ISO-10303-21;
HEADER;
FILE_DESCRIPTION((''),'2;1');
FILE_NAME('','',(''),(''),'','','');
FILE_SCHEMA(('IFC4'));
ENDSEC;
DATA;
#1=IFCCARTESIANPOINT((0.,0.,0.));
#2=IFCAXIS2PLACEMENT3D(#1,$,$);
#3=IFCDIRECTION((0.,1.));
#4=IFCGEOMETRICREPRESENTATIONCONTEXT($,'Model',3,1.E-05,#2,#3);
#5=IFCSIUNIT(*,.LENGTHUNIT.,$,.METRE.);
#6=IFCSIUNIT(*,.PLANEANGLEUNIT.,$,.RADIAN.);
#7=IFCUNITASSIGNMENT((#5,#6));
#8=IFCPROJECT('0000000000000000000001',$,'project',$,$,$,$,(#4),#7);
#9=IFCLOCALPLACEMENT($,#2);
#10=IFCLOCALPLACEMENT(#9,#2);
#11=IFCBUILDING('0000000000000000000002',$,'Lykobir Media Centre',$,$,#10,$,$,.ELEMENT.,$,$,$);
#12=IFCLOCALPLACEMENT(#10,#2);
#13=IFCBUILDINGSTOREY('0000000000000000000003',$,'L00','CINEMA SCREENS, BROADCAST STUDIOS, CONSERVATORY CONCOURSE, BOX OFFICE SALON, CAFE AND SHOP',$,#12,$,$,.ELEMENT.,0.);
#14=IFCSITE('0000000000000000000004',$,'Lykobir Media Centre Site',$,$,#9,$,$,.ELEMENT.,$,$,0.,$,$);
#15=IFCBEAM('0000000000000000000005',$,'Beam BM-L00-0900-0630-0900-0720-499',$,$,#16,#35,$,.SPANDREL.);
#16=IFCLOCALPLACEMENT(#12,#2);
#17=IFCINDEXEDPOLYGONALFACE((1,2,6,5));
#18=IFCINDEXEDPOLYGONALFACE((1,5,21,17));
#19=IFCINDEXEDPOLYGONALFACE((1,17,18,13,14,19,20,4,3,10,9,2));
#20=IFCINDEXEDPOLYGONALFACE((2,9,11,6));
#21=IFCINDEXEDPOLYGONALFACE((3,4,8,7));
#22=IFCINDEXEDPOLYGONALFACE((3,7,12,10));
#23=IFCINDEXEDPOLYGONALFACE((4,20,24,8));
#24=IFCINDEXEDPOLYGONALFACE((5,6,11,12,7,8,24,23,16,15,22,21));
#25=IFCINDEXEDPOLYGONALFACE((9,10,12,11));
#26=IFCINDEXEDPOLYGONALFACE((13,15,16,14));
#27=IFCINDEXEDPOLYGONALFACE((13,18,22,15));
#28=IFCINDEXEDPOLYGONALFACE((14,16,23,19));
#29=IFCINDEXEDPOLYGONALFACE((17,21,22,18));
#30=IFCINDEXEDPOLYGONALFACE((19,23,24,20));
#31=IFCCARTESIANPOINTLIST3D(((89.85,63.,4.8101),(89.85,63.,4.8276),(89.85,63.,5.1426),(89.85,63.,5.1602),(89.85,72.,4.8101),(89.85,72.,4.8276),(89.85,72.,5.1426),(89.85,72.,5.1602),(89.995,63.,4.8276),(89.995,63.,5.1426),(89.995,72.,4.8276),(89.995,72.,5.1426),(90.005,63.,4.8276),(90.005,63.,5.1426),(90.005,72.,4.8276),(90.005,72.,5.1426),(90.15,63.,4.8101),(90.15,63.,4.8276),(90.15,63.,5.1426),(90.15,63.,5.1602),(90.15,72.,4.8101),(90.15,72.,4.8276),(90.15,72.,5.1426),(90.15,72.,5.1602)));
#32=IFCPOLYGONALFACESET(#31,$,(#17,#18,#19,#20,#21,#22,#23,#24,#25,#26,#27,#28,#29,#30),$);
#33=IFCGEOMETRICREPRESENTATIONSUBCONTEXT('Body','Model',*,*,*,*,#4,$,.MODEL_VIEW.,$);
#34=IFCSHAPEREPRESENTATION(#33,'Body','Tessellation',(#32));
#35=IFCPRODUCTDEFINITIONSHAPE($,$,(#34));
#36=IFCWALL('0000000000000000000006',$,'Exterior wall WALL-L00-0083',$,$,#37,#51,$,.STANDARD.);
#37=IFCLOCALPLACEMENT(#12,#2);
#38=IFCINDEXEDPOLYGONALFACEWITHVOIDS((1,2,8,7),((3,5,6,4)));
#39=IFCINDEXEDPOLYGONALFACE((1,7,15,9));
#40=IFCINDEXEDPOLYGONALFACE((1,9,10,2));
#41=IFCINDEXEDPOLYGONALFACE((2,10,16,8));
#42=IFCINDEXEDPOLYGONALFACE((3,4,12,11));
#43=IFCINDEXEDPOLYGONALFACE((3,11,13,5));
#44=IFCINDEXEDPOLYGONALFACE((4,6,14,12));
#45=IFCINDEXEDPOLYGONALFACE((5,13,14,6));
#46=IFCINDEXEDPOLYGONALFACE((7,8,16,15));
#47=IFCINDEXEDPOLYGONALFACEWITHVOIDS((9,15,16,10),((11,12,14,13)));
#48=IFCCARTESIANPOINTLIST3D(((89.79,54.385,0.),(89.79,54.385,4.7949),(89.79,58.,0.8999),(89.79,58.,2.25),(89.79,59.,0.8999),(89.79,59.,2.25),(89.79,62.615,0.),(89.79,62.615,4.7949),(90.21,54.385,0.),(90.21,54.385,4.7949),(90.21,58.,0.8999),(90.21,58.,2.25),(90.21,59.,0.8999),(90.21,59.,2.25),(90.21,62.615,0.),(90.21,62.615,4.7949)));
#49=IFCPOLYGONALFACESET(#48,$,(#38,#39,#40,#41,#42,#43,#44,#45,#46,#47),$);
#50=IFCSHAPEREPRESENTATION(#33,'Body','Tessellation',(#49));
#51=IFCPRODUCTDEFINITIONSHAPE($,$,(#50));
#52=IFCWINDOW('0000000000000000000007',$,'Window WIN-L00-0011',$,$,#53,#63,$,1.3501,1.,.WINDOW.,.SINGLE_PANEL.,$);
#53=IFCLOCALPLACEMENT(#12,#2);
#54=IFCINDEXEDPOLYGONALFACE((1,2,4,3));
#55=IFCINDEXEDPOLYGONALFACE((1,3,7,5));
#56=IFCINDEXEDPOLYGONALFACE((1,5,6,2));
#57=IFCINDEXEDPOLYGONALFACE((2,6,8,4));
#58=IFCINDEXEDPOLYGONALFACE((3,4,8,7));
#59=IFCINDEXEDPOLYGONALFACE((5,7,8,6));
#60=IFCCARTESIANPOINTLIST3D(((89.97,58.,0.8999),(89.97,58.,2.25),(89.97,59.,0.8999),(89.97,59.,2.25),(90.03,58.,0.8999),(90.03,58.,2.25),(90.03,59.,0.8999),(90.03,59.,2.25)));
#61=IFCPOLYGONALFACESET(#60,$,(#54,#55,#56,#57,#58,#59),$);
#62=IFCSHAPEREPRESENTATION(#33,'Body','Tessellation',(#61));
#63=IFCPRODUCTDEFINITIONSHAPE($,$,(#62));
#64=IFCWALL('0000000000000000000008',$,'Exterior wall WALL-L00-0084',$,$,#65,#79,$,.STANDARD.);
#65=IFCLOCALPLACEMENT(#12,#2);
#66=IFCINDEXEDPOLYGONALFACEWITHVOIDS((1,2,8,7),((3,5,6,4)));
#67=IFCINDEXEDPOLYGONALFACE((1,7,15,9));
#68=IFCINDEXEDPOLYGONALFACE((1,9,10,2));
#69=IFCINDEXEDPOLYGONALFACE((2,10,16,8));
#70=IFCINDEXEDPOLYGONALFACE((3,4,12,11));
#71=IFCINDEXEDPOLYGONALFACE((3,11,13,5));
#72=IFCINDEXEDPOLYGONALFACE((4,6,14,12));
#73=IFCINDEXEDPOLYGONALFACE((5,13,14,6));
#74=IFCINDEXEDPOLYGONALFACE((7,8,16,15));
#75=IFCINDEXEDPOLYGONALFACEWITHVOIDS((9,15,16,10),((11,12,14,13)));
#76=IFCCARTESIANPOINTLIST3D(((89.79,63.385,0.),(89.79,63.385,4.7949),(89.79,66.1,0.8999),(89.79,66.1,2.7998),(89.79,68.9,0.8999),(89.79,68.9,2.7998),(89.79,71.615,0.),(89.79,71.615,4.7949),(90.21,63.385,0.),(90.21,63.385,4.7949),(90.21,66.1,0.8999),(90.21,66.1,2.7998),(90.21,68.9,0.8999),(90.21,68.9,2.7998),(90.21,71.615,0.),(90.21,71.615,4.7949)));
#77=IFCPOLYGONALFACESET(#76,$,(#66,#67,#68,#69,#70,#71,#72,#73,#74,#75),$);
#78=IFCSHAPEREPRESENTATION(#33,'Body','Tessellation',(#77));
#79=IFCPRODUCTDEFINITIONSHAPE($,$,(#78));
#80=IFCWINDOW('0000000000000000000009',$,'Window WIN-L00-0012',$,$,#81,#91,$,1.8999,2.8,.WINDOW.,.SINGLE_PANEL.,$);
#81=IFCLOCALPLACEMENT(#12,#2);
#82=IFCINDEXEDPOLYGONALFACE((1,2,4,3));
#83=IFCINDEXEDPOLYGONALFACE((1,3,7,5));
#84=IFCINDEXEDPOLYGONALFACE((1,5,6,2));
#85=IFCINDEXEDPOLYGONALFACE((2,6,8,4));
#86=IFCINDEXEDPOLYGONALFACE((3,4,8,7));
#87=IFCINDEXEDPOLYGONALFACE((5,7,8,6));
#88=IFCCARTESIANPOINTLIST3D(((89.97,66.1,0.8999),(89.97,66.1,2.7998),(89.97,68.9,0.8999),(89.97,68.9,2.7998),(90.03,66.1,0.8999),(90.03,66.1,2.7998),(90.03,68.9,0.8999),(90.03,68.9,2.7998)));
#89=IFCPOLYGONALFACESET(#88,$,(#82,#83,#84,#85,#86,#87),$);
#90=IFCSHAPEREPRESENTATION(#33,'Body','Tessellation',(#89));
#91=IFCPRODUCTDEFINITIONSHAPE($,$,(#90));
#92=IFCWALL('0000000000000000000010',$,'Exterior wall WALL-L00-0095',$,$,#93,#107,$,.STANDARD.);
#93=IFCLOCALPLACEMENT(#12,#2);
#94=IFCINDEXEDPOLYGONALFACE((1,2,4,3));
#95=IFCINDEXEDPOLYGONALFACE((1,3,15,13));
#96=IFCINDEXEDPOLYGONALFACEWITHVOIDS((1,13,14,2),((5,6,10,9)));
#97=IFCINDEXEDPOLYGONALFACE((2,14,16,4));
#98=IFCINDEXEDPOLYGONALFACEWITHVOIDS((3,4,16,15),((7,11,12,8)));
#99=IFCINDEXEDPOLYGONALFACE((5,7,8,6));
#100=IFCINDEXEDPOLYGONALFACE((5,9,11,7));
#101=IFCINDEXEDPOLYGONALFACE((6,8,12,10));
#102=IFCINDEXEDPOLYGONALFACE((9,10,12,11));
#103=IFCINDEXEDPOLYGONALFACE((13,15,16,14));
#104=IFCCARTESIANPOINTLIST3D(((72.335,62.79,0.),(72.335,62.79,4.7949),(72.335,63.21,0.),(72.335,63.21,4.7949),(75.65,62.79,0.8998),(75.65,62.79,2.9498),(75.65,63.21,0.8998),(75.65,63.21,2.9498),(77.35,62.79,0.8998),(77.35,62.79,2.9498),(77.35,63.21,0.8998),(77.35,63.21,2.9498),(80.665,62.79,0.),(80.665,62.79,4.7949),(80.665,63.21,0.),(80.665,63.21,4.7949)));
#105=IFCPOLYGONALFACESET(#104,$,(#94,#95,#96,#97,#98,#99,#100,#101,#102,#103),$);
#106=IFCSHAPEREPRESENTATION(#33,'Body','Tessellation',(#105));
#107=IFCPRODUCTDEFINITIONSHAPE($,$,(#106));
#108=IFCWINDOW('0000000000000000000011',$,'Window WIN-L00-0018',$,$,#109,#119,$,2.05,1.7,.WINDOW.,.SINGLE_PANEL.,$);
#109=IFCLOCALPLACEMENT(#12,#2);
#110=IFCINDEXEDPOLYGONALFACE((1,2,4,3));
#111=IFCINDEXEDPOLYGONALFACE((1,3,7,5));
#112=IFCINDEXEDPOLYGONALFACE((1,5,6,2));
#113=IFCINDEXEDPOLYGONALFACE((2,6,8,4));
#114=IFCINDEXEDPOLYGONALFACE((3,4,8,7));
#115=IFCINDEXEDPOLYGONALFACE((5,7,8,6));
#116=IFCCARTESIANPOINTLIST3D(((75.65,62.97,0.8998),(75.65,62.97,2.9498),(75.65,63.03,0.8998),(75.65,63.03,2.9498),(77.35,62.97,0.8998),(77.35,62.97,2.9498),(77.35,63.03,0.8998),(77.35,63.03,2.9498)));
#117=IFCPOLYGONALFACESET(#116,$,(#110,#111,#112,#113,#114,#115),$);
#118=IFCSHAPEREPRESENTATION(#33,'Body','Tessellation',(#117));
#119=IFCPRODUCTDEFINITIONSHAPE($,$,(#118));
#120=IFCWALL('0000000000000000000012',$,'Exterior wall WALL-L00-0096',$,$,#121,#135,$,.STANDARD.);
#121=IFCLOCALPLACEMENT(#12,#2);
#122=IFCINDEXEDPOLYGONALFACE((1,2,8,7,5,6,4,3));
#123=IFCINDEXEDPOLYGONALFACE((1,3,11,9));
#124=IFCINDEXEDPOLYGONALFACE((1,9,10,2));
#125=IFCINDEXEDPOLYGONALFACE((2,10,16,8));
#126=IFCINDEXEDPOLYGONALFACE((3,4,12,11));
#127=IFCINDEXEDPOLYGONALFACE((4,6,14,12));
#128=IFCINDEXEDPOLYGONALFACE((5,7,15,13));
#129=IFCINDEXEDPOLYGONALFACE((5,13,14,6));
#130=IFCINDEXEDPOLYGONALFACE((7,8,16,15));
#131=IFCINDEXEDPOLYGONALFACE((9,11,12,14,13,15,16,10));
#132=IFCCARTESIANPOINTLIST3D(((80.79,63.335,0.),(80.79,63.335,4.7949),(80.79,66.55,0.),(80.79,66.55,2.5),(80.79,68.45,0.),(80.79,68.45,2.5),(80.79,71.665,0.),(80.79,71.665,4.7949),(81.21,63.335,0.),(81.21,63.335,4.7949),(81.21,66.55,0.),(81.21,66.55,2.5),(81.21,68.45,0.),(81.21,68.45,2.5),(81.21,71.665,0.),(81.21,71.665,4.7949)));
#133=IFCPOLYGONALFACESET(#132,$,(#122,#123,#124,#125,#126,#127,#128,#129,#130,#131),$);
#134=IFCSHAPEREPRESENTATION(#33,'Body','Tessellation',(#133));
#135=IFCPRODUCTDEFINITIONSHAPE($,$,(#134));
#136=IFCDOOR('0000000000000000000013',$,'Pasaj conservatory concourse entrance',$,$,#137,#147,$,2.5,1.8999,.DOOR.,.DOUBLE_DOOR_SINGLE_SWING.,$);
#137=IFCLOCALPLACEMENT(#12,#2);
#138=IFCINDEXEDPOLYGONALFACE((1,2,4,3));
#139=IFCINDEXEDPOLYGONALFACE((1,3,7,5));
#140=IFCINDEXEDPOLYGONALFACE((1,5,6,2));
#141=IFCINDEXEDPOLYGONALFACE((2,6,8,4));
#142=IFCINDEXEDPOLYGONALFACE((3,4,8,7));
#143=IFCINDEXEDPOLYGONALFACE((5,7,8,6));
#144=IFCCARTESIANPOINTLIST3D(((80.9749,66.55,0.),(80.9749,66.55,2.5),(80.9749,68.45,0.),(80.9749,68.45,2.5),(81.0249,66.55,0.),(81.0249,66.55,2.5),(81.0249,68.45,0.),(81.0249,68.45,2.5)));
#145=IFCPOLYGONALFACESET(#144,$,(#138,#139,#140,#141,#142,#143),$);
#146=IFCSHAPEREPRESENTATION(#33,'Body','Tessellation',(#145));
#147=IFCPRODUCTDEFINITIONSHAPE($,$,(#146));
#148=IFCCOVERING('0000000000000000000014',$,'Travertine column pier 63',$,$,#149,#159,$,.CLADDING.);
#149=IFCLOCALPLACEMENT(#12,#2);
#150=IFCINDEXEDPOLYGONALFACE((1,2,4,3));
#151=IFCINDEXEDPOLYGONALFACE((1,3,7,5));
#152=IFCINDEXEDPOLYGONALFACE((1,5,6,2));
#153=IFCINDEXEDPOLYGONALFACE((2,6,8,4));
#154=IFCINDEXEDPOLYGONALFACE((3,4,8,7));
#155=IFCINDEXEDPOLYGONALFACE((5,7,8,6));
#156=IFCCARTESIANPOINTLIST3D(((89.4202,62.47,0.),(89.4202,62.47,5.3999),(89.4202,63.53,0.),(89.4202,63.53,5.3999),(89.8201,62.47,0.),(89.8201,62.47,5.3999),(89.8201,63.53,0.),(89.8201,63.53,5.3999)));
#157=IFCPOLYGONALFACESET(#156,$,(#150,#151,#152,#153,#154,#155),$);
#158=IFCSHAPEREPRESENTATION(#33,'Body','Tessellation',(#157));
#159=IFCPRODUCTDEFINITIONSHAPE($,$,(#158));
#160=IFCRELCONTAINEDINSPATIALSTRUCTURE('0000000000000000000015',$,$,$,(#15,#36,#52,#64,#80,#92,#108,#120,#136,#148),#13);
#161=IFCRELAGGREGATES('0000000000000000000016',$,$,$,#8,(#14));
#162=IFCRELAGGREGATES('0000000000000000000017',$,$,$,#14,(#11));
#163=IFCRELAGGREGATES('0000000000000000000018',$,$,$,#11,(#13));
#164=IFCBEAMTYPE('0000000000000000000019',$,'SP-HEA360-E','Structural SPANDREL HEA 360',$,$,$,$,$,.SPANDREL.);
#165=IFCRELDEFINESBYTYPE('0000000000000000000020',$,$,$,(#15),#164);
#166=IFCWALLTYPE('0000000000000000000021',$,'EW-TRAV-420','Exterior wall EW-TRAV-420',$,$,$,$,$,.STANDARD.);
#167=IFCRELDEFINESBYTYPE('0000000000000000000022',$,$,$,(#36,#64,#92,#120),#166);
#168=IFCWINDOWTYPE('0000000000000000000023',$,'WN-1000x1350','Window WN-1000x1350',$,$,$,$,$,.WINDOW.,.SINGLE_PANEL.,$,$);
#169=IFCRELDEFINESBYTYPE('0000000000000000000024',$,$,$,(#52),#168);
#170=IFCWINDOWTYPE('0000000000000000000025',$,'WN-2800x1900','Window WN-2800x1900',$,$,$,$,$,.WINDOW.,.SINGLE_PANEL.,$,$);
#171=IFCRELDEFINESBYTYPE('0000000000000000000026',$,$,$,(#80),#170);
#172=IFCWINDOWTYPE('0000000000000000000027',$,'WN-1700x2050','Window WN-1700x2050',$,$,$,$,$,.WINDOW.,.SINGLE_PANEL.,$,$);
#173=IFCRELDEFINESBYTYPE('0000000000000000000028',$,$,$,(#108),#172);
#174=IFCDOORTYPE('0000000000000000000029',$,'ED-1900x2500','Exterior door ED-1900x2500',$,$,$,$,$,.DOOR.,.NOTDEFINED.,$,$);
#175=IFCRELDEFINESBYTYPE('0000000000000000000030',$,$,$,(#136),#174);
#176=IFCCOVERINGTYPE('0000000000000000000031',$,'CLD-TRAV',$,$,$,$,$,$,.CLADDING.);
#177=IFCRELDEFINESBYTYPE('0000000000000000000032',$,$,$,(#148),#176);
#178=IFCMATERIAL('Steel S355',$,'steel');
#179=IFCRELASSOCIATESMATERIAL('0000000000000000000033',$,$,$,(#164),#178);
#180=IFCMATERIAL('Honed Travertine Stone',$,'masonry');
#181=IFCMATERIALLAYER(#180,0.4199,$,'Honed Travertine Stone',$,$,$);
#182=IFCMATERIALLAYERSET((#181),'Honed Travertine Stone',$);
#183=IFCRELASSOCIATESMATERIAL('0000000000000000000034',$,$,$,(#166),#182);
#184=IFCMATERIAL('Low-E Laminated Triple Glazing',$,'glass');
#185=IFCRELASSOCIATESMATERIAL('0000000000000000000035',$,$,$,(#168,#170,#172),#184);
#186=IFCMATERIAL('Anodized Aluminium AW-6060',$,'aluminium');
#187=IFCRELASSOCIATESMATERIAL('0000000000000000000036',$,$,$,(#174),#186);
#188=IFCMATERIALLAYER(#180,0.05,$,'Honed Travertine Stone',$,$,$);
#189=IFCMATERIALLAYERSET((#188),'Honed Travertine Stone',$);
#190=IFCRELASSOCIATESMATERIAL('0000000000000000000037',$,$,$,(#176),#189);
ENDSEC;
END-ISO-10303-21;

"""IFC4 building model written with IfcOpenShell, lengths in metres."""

from ifc_helpers import new_model, si_unit, direction, frame, frame_2d, origin, origin_2d, place, context, subcontext, project, spatial, rectangle, i_section, extrude, material, layer, layer_set, material_profile, profile_set, type_object, element, fill, save


model = new_model("IFC4")

# Units and contexts
model_context = context("Model", 3, precision=1e-05, world=origin(), true_north=direction((0.0, 1.0)))
body_context = subcontext(model_context, "Body", "Model", "MODEL_VIEW")
ifc_project = project(units=[si_unit("LENGTHUNIT", "METRE"), si_unit("PLANEANGLEUNIT", "RADIAN")], contexts=[model_context])

# Site, building, storey
site_placement = place(None, origin())
site = spatial("IfcSite", under=ifc_project, at=site_placement, Name="Lykobir Media Centre Site", CompositionType="ELEMENT", RefElevation=0.0)
building_placement = place(site_placement, origin())
building = spatial("IfcBuilding", under=site, at=building_placement, Name="Lykobir Media Centre", CompositionType="ELEMENT")
storey_placement = place(building_placement, origin())
storey = spatial("IfcBuildingStorey", under=building, at=storey_placement, Name="L00", Description="CINEMA SCREENS, BROADCAST STUDIOS, CONSERVATORY CONCOURSE, BOX OFFICE SALON, CAFE AND SHOP", CompositionType="ELEMENT", Elevation=0.0)

# Shared definitions
ifc_material_1 = material(Name="Anodized Aluminium AW-6060", Category="aluminium")

# Beam
ifc_material_2 = material(Name="Steel S355", Category="steel")
ifc_material_profile_1 = material_profile(ifc_material_2, i_section(OverallWidth=0.3, OverallDepth=0.3501, WebThickness=0.01, FlangeThickness=0.0176, at=origin_2d()), Name="HEA 360")
ifc_profile_set_1 = profile_set([ifc_material_profile_1], Name="Steel S355")
beam_type_1 = type_object("IfcBeamType", Name="SP-HEA360-E", Description="Structural SPANDREL HEA 360", PredefinedType="SPANDREL", material=ifc_profile_set_1)
for number, where, z_axis, x_axis, name in (
    (1, (90.0, 63.0, 4.9851), (0.0, 1.0, 0.0), (-1.0, 0.0, 0.0), "Beam BM-L00-0900-0630-0900-0720-499"),
):
    element("IfcBeam", number, at=place(storey_placement, frame(where, z_axis=z_axis, x_axis=x_axis)), inside=storey, type_object=beam_type_1, Name=name, PredefinedType="SPANDREL", context=body_context, shape_type="SweptSolid", body=[
        extrude(i_section(OverallWidth=0.3, OverallDepth=0.3501, WebThickness=0.01, FlangeThickness=0.0176, at=origin_2d()), origin(), (0.0, 0.0, 1.0), 9.0),
    ])

# Walls, openings, windows
ifc_material_3 = material(Name="Honed Travertine Stone", Category="masonry")
ifc_layer_1 = layer(ifc_material_3, 0.4199, Name="Honed Travertine Stone")
ifc_layer_set_1 = layer_set([ifc_layer_1], Name="Honed Travertine Stone")
wall_type = type_object("IfcWallType", Name="EW-TRAV-420", Description="Exterior wall EW-TRAV-420", PredefinedType="STANDARD", material=ifc_layer_set_1)
wall_1_placement = place(storey_placement, frame((90.0, 62.615, 0.0), z_axis=(0.0, 0.0, 1.0), x_axis=(0.0, -1.0, 0.0)))
wall_1 = element("IfcWall", 2, at=wall_1_placement, inside=storey, type_object=wall_type, Name="Exterior wall WALL-L00-0083", PredefinedType="STANDARD", context=body_context, shape_type="SweptSolid", body=[
    extrude(rectangle(XDim=8.23, YDim=0.4199, at=frame_2d((4.115, 0.0))), origin(), (0.0, 0.0, 1.0), 4.7949),
])
opening_1_placement = place(wall_1_placement, frame((3.615, 0.0, 0.8999)))
opening_1 = element("IfcOpeningElement", 3, at=opening_1_placement, cuts=wall_1, PredefinedType="OPENING", context=body_context, shape_type="SweptSolid", body=[
    extrude(rectangle(XDim=1.0, YDim=1.3501, at=frame_2d((0.5, 0.675))), frame((0.0, 0.22, 0.0), z_axis=(0.0, -1.0, 0.0), x_axis=(1.0, 0.0, 0.0)), (0.0, 0.0, 1.0), 0.4399),
])
ifc_material_4 = material(Name="Low-E Laminated Triple Glazing", Category="glass")
window_type_1 = type_object("IfcWindowType", Name="WN-1000x1350", Description="Window WN-1000x1350", PartitioningType="SINGLE_PANEL", PredefinedType="WINDOW", material=ifc_material_4)
window_1_placement = place(opening_1_placement, origin())
window_1 = element("IfcWindow", 4, at=window_1_placement, inside=storey, type_object=window_type_1, Name="Window WIN-L00-0011", OverallHeight=1.3501, OverallWidth=1.0, PartitioningType="SINGLE_PANEL", PredefinedType="WINDOW", context=body_context, shape_type="SweptSolid", body=[
    extrude(rectangle(XDim=1.0, YDim=1.3501, at=frame_2d((0.5, 0.675))), frame((0.0, 0.03, 0.0), z_axis=(0.0, -1.0, 0.0), x_axis=(1.0, 0.0, 0.0)), (0.0, 0.0, 1.0), 0.0601),
])
fill(opening_1, window_1)
wall_2_placement = place(storey_placement, frame((90.0, 71.615, 0.0), z_axis=(0.0, 0.0, 1.0), x_axis=(0.0, -1.0, 0.0)))
wall_2 = element("IfcWall", 5, at=wall_2_placement, inside=storey, type_object=wall_type, Name="Exterior wall WALL-L00-0084", PredefinedType="STANDARD", context=body_context, shape_type="SweptSolid", body=[
    extrude(rectangle(XDim=8.23, YDim=0.4199, at=frame_2d((4.115, 0.0))), origin(), (0.0, 0.0, 1.0), 4.7949),
])
opening_2_placement = place(wall_2_placement, frame((2.7151, 0.0, 0.8999)))
opening_2 = element("IfcOpeningElement", 6, at=opening_2_placement, cuts=wall_2, PredefinedType="OPENING", context=body_context, shape_type="SweptSolid", body=[
    extrude(rectangle(XDim=2.8, YDim=1.8999, at=frame_2d((1.3999, 0.95))), frame((0.0, 0.22, 0.0), z_axis=(0.0, -1.0, 0.0), x_axis=(1.0, 0.0, 0.0)), (0.0, 0.0, 1.0), 0.4399),
])
window_type_2 = type_object("IfcWindowType", Name="WN-2800x1900", Description="Window WN-2800x1900", PartitioningType="SINGLE_PANEL", PredefinedType="WINDOW", material=ifc_material_4)
window_2_placement = place(opening_2_placement, origin())
window_2 = element("IfcWindow", 7, at=window_2_placement, inside=storey, type_object=window_type_2, Name="Window WIN-L00-0012", OverallHeight=1.8999, OverallWidth=2.8, PartitioningType="SINGLE_PANEL", PredefinedType="WINDOW", context=body_context, shape_type="SweptSolid", body=[
    extrude(rectangle(XDim=2.8, YDim=1.8999, at=frame_2d((1.3999, 0.95))), frame((0.0, 0.03, 0.0), z_axis=(0.0, -1.0, 0.0), x_axis=(1.0, 0.0, 0.0)), (0.0, 0.0, 1.0), 0.0601),
])
fill(opening_2, window_2)
wall_3_placement = place(storey_placement, frame((72.335, 63.0, 0.0), z_axis=(0.0, 0.0, 1.0), x_axis=(1.0, 0.0, 0.0)))
wall_3 = element("IfcWall", 8, at=wall_3_placement, inside=storey, type_object=wall_type, Name="Exterior wall WALL-L00-0095", PredefinedType="STANDARD", context=body_context, shape_type="SweptSolid", body=[
    extrude(rectangle(XDim=8.3301, YDim=0.4199, at=frame_2d((4.165, 0.0))), origin(), (0.0, 0.0, 1.0), 4.7949),
])
opening_3_placement = place(wall_3_placement, frame((3.3149, 0.0, 0.8999)))
opening_3 = element("IfcOpeningElement", 9, at=opening_3_placement, cuts=wall_3, PredefinedType="OPENING", context=body_context, shape_type="SweptSolid", body=[
    extrude(rectangle(XDim=1.7, YDim=2.05, at=frame_2d((0.8501, 1.0249))), frame((0.0, 0.22, 0.0), z_axis=(0.0, -1.0, 0.0), x_axis=(1.0, 0.0, 0.0)), (0.0, 0.0, 1.0), 0.4399),
])
window_type_3 = type_object("IfcWindowType", Name="WN-1700x2050", Description="Window WN-1700x2050", PartitioningType="SINGLE_PANEL", PredefinedType="WINDOW", material=ifc_material_4)
window_3_placement = place(opening_3_placement, origin())
window_3 = element("IfcWindow", 10, at=window_3_placement, inside=storey, type_object=window_type_3, Name="Window WIN-L00-0018", OverallHeight=2.05, OverallWidth=1.7, PartitioningType="SINGLE_PANEL", PredefinedType="WINDOW", context=body_context, shape_type="SweptSolid", body=[
    extrude(rectangle(XDim=1.7, YDim=2.05, at=frame_2d((0.8501, 1.0249))), frame((0.0, 0.03, 0.0), z_axis=(0.0, -1.0, 0.0), x_axis=(1.0, 0.0, 0.0)), (0.0, 0.0, 1.0), 0.0601),
])
fill(opening_3, window_3)

# Wall, opening, door
wall_4_placement = place(storey_placement, frame((81.0, 63.335, 0.0), z_axis=(0.0, 0.0, 1.0), x_axis=(0.0, 1.0, 0.0)))
wall_4 = element("IfcWall", 11, at=wall_4_placement, inside=storey, type_object=wall_type, Name="Exterior wall WALL-L00-0096", PredefinedType="STANDARD", context=body_context, shape_type="SweptSolid", body=[
    extrude(rectangle(XDim=8.3301, YDim=0.4199, at=frame_2d((4.165, 0.0))), origin(), (0.0, 0.0, 1.0), 4.7949),
])
opening_4_placement = place(wall_4_placement, frame((3.2151, 0.0, 0.0)))
opening_4 = element("IfcOpeningElement", 12, at=opening_4_placement, cuts=wall_4, PredefinedType="OPENING", context=body_context, shape_type="SweptSolid", body=[
    extrude(rectangle(XDim=1.8999, YDim=2.5, at=frame_2d((0.95, 1.25))), frame((0.0, 0.22, 0.0), z_axis=(0.0, -1.0, 0.0), x_axis=(1.0, 0.0, 0.0)), (0.0, 0.0, 1.0), 0.4399),
])
door_type = type_object("IfcDoorType", Name="ED-1900x2500", Description="Exterior door ED-1900x2500", OperationType="NOTDEFINED", PredefinedType="DOOR", material=ifc_material_1)
door_placement = place(opening_4_placement, frame((1.8999, 0.0, 0.0), z_axis=(0.0, 0.0, 1.0), x_axis=(-1.0, 0.0, 0.0)))
door = element("IfcDoor", 13, at=door_placement, inside=storey, type_object=door_type, Name="Pasaj conservatory concourse entrance", OperationType="DOUBLE_DOOR_SINGLE_SWING", OverallHeight=2.5, OverallWidth=1.8999, PredefinedType="DOOR", context=body_context, shape_type="SweptSolid", body=[
    extrude(rectangle(XDim=1.8999, YDim=2.5, at=frame_2d((0.95, 1.25))), frame((0.0, 0.0249, 0.0), z_axis=(0.0, -1.0, 0.0), x_axis=(1.0, 0.0, 0.0)), (0.0, 0.0, 1.0), 0.05),
])
fill(opening_4, door)

# Covering
ifc_layer_2 = layer(ifc_material_3, 0.05, Name="Honed Travertine Stone")
ifc_layer_set_2 = layer_set([ifc_layer_2], Name="Honed Travertine Stone")
covering_type = type_object("IfcCoveringType", Name="CLD-TRAV", PredefinedType="CLADDING", material=ifc_layer_set_2)
for number, where, z_axis, x_axis, name in (
    (14, (89.6201, 63.0, 0.0), (0.0, 0.0, 1.0), (0.0, -1.0, 0.0), "Travertine column pier 63"),
):
    element("IfcCovering", number, at=place(storey_placement, frame(where, z_axis=z_axis, x_axis=x_axis)), inside=storey, type_object=covering_type, Name=name, PredefinedType="CLADDING", context=body_context, shape_type="SweptSolid", body=[
        extrude(rectangle(XDim=1.0601, YDim=0.3999, at=origin_2d()), origin(), (0.0, 0.0, 1.0), 5.3999),
    ])

save(model, "model.ifc")
